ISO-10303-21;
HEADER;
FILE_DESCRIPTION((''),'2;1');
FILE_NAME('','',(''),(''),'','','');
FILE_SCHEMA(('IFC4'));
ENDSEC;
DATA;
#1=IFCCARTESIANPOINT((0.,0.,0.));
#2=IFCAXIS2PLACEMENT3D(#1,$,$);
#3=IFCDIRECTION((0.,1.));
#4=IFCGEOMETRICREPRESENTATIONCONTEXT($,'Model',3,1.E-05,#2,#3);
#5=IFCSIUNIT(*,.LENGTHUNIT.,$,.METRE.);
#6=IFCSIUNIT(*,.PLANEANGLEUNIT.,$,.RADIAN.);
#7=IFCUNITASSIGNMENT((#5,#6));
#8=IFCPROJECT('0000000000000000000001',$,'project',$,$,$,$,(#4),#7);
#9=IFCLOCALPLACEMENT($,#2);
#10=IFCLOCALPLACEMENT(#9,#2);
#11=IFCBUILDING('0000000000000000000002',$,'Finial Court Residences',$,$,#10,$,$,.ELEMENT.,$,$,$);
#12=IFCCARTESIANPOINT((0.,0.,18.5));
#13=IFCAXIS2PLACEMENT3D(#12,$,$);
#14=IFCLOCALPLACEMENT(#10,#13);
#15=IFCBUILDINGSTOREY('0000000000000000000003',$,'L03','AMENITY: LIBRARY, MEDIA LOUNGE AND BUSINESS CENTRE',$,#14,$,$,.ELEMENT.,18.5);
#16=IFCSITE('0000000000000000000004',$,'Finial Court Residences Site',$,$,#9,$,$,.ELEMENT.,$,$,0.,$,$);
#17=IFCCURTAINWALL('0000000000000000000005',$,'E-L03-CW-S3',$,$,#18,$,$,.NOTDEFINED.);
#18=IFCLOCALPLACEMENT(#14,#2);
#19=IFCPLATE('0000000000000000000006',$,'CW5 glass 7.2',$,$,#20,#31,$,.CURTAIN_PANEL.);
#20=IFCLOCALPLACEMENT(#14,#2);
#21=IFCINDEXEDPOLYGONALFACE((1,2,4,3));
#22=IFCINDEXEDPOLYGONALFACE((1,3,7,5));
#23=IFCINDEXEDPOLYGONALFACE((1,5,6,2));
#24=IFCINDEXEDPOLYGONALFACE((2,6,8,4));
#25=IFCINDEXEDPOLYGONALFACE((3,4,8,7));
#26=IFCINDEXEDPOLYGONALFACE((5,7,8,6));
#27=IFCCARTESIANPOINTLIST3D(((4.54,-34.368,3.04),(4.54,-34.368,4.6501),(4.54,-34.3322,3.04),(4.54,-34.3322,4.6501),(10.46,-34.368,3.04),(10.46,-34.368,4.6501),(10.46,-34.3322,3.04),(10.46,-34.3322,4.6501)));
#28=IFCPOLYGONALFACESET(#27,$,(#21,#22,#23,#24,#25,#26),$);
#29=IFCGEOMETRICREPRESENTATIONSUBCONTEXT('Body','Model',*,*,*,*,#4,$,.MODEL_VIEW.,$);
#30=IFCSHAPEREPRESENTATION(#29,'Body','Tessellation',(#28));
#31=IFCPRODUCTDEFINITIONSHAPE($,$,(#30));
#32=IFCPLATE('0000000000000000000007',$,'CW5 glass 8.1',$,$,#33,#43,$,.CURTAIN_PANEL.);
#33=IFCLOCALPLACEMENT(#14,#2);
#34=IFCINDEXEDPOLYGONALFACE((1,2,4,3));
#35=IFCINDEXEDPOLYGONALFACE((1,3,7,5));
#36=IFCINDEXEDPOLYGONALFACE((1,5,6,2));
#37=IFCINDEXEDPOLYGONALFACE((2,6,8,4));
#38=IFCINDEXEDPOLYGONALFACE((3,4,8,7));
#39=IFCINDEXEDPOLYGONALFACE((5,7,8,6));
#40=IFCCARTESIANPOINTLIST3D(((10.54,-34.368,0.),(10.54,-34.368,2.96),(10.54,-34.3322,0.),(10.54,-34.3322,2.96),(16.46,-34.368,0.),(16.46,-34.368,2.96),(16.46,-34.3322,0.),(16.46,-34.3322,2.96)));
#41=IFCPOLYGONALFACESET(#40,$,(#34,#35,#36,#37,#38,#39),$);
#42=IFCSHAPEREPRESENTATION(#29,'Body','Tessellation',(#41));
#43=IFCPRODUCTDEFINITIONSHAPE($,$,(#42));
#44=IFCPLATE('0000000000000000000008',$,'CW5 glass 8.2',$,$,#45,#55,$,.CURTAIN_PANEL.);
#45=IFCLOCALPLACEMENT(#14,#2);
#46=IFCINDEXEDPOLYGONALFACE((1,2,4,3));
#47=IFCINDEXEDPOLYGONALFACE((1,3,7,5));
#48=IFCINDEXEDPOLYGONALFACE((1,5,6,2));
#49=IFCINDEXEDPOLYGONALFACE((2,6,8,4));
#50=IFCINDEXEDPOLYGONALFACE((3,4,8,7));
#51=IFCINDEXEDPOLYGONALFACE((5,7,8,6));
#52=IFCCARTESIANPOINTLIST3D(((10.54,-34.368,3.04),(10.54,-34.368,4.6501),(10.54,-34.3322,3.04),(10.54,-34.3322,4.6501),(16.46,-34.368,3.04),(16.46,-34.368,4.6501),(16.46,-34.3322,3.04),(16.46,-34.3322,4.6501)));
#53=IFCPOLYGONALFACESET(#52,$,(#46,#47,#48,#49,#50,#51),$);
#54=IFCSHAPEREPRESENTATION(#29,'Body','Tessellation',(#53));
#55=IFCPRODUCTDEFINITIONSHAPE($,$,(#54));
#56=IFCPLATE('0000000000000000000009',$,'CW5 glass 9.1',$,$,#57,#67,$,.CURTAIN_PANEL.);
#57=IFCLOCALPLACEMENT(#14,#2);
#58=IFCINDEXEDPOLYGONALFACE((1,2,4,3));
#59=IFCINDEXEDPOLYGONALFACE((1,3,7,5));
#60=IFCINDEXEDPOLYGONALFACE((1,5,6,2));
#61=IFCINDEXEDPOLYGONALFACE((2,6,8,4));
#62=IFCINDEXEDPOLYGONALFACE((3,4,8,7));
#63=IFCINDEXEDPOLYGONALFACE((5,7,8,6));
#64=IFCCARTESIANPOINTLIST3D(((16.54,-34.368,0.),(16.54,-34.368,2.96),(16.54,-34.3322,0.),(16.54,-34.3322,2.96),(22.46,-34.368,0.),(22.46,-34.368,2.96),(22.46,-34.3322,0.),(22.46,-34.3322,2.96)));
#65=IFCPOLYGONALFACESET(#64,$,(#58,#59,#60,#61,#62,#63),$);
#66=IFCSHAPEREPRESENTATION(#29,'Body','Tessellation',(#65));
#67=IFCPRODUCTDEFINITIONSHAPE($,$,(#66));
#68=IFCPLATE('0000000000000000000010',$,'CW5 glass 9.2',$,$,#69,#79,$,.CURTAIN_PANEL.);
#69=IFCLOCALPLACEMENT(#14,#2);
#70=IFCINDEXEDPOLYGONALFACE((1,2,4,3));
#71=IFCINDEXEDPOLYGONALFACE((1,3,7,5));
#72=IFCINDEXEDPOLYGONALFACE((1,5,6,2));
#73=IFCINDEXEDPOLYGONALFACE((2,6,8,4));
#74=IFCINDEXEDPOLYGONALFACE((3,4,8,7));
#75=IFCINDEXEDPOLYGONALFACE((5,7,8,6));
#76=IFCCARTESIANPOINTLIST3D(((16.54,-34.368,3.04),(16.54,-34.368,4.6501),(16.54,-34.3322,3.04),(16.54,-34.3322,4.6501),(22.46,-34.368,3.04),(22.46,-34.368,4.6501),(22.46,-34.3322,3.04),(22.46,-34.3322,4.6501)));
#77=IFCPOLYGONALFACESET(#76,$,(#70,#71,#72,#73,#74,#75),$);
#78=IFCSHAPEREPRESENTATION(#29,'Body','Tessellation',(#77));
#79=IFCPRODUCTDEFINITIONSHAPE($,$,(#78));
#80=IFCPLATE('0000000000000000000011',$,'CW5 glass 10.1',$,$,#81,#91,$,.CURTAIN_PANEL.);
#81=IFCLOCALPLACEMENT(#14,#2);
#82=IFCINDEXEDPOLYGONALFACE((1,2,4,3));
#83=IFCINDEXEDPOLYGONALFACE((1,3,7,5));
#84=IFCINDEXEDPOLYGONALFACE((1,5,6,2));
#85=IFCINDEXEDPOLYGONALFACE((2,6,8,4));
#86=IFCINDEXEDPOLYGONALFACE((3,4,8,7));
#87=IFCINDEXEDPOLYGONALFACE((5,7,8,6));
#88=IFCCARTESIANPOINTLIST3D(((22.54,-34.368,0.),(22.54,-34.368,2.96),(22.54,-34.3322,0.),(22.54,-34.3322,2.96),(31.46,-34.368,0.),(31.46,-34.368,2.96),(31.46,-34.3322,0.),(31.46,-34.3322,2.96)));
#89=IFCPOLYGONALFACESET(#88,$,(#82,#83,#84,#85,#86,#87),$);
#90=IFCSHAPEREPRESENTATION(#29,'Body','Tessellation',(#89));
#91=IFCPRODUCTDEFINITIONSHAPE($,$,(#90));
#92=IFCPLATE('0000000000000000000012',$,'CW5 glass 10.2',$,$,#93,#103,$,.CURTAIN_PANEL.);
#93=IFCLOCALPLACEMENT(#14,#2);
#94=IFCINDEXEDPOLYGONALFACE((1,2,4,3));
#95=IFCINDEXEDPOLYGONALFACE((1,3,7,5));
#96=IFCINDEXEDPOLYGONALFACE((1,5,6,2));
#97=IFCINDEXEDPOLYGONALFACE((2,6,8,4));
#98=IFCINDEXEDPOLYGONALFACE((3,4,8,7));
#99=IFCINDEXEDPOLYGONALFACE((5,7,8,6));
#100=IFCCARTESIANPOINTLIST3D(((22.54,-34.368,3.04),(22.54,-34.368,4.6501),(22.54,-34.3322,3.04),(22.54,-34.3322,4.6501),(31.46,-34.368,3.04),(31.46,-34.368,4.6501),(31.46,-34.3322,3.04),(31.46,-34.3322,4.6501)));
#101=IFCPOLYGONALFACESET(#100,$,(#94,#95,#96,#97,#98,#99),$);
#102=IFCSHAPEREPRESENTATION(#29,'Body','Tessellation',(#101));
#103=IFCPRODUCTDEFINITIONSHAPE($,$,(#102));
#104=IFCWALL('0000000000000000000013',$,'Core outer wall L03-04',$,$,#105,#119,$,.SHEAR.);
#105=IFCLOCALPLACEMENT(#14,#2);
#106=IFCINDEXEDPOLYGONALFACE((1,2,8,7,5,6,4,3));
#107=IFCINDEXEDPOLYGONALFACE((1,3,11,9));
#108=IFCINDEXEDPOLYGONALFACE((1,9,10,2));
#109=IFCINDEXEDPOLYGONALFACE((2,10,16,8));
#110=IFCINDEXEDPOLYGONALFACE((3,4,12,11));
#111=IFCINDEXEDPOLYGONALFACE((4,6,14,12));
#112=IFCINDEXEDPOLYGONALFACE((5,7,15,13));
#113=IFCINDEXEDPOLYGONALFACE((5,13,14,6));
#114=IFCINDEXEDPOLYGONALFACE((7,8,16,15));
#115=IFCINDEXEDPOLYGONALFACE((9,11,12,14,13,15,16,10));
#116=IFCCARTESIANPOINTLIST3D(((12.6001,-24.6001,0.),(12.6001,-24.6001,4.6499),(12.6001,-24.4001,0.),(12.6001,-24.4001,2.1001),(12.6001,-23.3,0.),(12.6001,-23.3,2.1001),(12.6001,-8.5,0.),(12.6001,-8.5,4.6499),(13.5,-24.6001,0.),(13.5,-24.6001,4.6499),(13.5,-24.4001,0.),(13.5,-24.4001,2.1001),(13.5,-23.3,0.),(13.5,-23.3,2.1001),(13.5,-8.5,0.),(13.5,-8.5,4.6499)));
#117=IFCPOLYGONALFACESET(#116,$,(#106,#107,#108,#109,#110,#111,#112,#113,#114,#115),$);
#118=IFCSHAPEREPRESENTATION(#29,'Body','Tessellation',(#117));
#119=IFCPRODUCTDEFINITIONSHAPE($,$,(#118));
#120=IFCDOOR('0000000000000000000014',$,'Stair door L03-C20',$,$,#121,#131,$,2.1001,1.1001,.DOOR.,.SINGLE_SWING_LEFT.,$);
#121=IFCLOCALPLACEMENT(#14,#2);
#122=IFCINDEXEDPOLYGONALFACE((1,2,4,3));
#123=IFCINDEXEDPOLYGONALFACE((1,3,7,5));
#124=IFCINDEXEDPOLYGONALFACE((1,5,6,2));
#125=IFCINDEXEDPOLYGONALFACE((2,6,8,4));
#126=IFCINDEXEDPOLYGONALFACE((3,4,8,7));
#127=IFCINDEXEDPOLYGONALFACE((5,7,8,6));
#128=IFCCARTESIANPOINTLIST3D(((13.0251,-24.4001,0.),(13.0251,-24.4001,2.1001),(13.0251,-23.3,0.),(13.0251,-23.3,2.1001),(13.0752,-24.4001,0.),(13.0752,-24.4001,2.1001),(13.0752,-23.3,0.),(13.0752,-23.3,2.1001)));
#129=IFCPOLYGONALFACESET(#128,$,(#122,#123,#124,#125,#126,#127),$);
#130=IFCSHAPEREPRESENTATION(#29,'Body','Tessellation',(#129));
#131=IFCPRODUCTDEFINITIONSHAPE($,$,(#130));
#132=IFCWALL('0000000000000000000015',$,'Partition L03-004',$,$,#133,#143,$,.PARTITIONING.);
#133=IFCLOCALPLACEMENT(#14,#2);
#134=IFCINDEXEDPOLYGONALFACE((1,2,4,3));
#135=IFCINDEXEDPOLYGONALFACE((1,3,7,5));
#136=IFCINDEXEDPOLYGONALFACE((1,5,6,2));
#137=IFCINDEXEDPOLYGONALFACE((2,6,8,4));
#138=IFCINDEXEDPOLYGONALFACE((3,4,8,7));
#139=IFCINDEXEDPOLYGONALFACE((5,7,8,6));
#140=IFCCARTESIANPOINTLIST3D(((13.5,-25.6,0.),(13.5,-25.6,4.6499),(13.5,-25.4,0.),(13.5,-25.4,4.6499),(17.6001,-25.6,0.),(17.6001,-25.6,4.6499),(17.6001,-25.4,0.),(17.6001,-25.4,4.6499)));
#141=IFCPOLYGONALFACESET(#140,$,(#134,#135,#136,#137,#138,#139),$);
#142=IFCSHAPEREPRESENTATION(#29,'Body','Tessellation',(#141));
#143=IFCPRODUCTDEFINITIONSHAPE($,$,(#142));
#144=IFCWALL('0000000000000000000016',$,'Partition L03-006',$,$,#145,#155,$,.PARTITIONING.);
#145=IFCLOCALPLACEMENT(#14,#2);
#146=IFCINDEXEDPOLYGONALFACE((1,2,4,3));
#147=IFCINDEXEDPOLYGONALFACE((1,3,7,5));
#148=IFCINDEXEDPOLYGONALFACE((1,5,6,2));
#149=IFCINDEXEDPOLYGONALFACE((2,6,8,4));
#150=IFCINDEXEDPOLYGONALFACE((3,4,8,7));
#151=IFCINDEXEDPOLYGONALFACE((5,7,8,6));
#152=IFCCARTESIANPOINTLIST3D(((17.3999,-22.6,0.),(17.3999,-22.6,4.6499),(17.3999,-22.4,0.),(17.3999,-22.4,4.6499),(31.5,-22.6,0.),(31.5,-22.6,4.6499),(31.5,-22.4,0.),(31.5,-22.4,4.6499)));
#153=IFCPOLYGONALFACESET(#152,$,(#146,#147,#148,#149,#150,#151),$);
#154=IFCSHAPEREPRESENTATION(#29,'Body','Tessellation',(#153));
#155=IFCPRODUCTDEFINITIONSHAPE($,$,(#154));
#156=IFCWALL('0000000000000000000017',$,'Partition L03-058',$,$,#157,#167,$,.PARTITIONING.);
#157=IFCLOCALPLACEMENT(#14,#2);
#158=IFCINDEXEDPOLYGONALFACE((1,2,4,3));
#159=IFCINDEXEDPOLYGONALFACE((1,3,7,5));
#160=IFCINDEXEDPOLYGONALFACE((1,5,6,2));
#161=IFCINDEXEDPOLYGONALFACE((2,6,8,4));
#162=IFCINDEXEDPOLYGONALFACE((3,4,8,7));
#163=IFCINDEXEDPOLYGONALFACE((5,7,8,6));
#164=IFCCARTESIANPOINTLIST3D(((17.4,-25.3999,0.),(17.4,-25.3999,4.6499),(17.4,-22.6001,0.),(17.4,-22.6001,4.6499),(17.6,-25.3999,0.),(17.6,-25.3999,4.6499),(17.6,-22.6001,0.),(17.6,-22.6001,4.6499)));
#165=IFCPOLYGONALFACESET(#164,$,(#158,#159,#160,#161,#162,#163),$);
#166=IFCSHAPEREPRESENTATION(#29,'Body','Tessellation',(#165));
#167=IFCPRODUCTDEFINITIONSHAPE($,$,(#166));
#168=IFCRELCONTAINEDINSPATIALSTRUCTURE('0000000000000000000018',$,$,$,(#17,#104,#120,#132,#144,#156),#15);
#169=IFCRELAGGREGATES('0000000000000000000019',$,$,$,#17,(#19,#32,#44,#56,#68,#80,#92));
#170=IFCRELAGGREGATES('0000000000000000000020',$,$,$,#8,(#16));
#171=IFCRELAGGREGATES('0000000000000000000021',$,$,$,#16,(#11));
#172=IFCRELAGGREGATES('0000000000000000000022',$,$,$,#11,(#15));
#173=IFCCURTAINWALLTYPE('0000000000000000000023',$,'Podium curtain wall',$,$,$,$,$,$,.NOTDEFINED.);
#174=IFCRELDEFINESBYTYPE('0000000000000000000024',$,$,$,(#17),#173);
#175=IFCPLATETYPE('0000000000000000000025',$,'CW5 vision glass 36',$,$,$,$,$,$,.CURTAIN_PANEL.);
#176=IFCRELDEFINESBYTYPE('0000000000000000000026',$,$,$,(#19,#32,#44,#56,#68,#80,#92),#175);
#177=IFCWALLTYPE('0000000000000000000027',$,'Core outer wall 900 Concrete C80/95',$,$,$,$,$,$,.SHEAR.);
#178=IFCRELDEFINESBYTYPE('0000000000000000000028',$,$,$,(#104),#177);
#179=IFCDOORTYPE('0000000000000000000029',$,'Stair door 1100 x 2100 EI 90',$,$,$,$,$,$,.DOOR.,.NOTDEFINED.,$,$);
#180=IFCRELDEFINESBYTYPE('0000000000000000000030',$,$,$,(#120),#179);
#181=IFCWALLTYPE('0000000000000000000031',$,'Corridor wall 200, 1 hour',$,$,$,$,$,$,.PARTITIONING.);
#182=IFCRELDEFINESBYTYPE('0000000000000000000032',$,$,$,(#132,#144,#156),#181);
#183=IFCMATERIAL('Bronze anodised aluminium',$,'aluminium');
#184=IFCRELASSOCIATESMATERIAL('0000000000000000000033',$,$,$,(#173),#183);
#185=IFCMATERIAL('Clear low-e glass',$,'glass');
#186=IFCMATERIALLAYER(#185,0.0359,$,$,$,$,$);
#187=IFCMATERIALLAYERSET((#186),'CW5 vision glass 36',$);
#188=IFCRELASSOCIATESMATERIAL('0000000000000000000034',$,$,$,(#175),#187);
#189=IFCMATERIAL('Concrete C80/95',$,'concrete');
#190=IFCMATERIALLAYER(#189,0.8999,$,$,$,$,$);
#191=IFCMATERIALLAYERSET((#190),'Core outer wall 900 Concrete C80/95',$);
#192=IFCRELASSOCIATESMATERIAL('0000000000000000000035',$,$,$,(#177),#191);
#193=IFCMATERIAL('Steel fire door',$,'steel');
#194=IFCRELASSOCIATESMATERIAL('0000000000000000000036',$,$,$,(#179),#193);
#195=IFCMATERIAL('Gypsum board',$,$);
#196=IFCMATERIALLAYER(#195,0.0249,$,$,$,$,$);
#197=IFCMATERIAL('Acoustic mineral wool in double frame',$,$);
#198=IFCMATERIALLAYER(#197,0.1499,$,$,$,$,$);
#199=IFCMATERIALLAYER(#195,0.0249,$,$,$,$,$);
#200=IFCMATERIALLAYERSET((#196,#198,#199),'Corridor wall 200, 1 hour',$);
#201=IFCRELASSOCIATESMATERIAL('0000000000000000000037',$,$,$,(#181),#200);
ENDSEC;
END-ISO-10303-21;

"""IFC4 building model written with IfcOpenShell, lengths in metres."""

from ifc_helpers import new_model, si_unit, direction, frame, frame_2d, origin, origin_2d, place, context, subcontext, project, spatial, rectangle, extrude, material, layer, layer_set, type_object, element, fill, aggregate, save


model = new_model("IFC4")

# Units and contexts
model_context = context("Model", 3, precision=1e-05, world=origin(), true_north=direction((0.0, 1.0)))
body_context = subcontext(model_context, "Body", "Model", "MODEL_VIEW")
ifc_project = project(units=[si_unit("LENGTHUNIT", "METRE"), si_unit("PLANEANGLEUNIT", "RADIAN")], contexts=[model_context])

# Site, building, storey
site_placement = place(None, origin())
site = spatial("IfcSite", under=ifc_project, at=site_placement, Name="Finial Court Residences Site", CompositionType="ELEMENT", RefElevation=0.0)
building_placement = place(site_placement, origin())
building = spatial("IfcBuilding", under=site, at=building_placement, Name="Finial Court Residences", CompositionType="ELEMENT")
storey_placement = place(building_placement, frame((0.0, 0.0, 18.5)))
storey = spatial("IfcBuildingStorey", under=building, at=storey_placement, Name="L03", Description="AMENITY: LIBRARY, MEDIA LOUNGE AND BUSINESS CENTRE", CompositionType="ELEMENT", Elevation=18.5)

# Shared definitions
ifc_material_1 = material(Name="Concrete C80/95", Category="concrete")

# Curtain wall, plates
ifc_material_2 = material(Name="Bronze anodised aluminium", Category="aluminium")
curtain_wall_type = type_object("IfcCurtainWallType", Name="Podium curtain wall", PredefinedType="NOTDEFINED", material=ifc_material_2)
curtain_wall_placement = place(storey_placement, origin())
curtain_wall = element("IfcCurtainWall", 1, at=curtain_wall_placement, inside=storey, type_object=curtain_wall_type, Name="E-L03-CW-S3", PredefinedType="NOTDEFINED")
ifc_material_3 = material(Name="Clear low-e glass", Category="glass")
ifc_layer_1 = layer(ifc_material_3, 0.0359)
ifc_layer_set_1 = layer_set([ifc_layer_1], Name="CW5 vision glass 36")
plate_type = type_object("IfcPlateType", Name="CW5 vision glass 36", PredefinedType="CURTAIN_PANEL", material=ifc_layer_set_1)
plate_1_placement = place(storey_placement, frame((7.5, -34.3501, 3.04), z_axis=(0.0, 0.0, 1.0), x_axis=(1.0, 0.0, 0.0)))
plate_1 = element("IfcPlate", 2, at=plate_1_placement, type_object=plate_type, Name="CW5 glass 7.2", PredefinedType="CURTAIN_PANEL", context=body_context, shape_type="SweptSolid", body=[
    extrude(rectangle(XDim=5.9199, YDim=0.0359, at=origin_2d()), origin(), (0.0, 0.0, 1.0), 1.6101),
])
plate_2_placement = place(storey_placement, frame((13.5, -34.3501, 0.0), z_axis=(0.0, 0.0, 1.0), x_axis=(1.0, 0.0, 0.0)))
plate_2 = element("IfcPlate", 3, at=plate_2_placement, type_object=plate_type, Name="CW5 glass 8.1", PredefinedType="CURTAIN_PANEL", context=body_context, shape_type="SweptSolid", body=[
    extrude(rectangle(XDim=5.9199, YDim=0.0359, at=origin_2d()), origin(), (0.0, 0.0, 1.0), 2.96),
])
plate_3_placement = place(storey_placement, frame((13.5, -34.3501, 3.04), z_axis=(0.0, 0.0, 1.0), x_axis=(1.0, 0.0, 0.0)))
plate_3 = element("IfcPlate", 4, at=plate_3_placement, type_object=plate_type, Name="CW5 glass 8.2", PredefinedType="CURTAIN_PANEL", context=body_context, shape_type="SweptSolid", body=[
    extrude(rectangle(XDim=5.9199, YDim=0.0359, at=origin_2d()), origin(), (0.0, 0.0, 1.0), 1.6101),
])
plate_4_placement = place(storey_placement, frame((19.5, -34.3501, 0.0), z_axis=(0.0, 0.0, 1.0), x_axis=(1.0, 0.0, 0.0)))
plate_4 = element("IfcPlate", 5, at=plate_4_placement, type_object=plate_type, Name="CW5 glass 9.1", PredefinedType="CURTAIN_PANEL", context=body_context, shape_type="SweptSolid", body=[
    extrude(rectangle(XDim=5.9199, YDim=0.0359, at=origin_2d()), origin(), (0.0, 0.0, 1.0), 2.96),
])
plate_5_placement = place(storey_placement, frame((19.5, -34.3501, 3.04), z_axis=(0.0, 0.0, 1.0), x_axis=(1.0, 0.0, 0.0)))
plate_5 = element("IfcPlate", 6, at=plate_5_placement, type_object=plate_type, Name="CW5 glass 9.2", PredefinedType="CURTAIN_PANEL", context=body_context, shape_type="SweptSolid", body=[
    extrude(rectangle(XDim=5.9199, YDim=0.0359, at=origin_2d()), origin(), (0.0, 0.0, 1.0), 1.6101),
])
plate_6_placement = place(storey_placement, frame((27.0, -34.3501, 0.0), z_axis=(0.0, 0.0, 1.0), x_axis=(1.0, 0.0, 0.0)))
plate_6 = element("IfcPlate", 7, at=plate_6_placement, type_object=plate_type, Name="CW5 glass 10.1", PredefinedType="CURTAIN_PANEL", context=body_context, shape_type="SweptSolid", body=[
    extrude(rectangle(XDim=8.9199, YDim=0.0359, at=origin_2d()), origin(), (0.0, 0.0, 1.0), 2.96),
])
plate_7_placement = place(storey_placement, frame((27.0, -34.3501, 3.04), z_axis=(0.0, 0.0, 1.0), x_axis=(1.0, 0.0, 0.0)))
plate_7 = element("IfcPlate", 8, at=plate_7_placement, type_object=plate_type, Name="CW5 glass 10.2", PredefinedType="CURTAIN_PANEL", context=body_context, shape_type="SweptSolid", body=[
    extrude(rectangle(XDim=8.9199, YDim=0.0359, at=origin_2d()), origin(), (0.0, 0.0, 1.0), 1.6101),
])
aggregate(curtain_wall, [plate_1, plate_2, plate_3, plate_4, plate_5, plate_6, plate_7])

# Wall, opening, door
ifc_layer_2 = layer(ifc_material_1, 0.8999)
ifc_layer_set_2 = layer_set([ifc_layer_2], Name="Core outer wall 900 Concrete C80/95")
wall_type_1 = type_object("IfcWallType", Name="Core outer wall 900 Concrete C80/95", PredefinedType="SHEAR", material=ifc_layer_set_2)
wall_1_placement = place(storey_placement, frame((13.05, -24.6001, 0.0), z_axis=(0.0, 0.0, 1.0), x_axis=(0.0, 1.0, 0.0)))
wall_1 = element("IfcWall", 9, at=wall_1_placement, inside=storey, type_object=wall_type_1, Name="Core outer wall L03-04", PredefinedType="SHEAR", context=body_context, shape_type="SweptSolid", body=[
    extrude(rectangle(XDim=16.1001, YDim=0.8999, at=frame_2d((8.05, 0.0))), origin(), (0.0, 0.0, 1.0), 4.6499),
])
opening_1_placement = place(wall_1_placement, frame((0.2, 0.0, 0.0)))
opening_1 = element("IfcOpeningElement", 10, at=opening_1_placement, cuts=wall_1, PredefinedType="OPENING", context=body_context, shape_type="SweptSolid", body=[
    extrude(rectangle(XDim=1.1001, YDim=2.1001, at=frame_2d((0.55, 1.05))), frame((0.0, 0.46, 0.0), z_axis=(0.0, -1.0, 0.0), x_axis=(1.0, 0.0, 0.0)), (0.0, 0.0, 1.0), 0.9199),
])
ifc_material_4 = material(Name="Steel fire door", Category="steel")
door_type_1 = type_object("IfcDoorType", Name="Stair door 1100 x 2100 EI 90", OperationType="NOTDEFINED", PredefinedType="DOOR", material=ifc_material_4)
door_1_placement = place(opening_1_placement, origin())
door_1 = element("IfcDoor", 11, at=door_1_placement, inside=storey, type_object=door_type_1, Name="Stair door L03-C20", OperationType="SINGLE_SWING_LEFT", OverallHeight=2.1001, OverallWidth=1.1001, PredefinedType="DOOR", context=body_context, shape_type="SweptSolid", body=[
    extrude(rectangle(XDim=1.1001, YDim=2.1001, at=frame_2d((0.55, 1.05))), frame((0.0, 0.0249, 0.0), z_axis=(0.0, -1.0, 0.0), x_axis=(1.0, 0.0, 0.0)), (0.0, 0.0, 1.0), 0.05),
])
fill(opening_1, door_1)

# Walls
ifc_material_5 = material(Name="Gypsum board")
ifc_layer_3 = layer(ifc_material_5, 0.0249)
ifc_material_6 = material(Name="Acoustic mineral wool in double frame")
ifc_layer_4 = layer(ifc_material_6, 0.1499)
ifc_layer_5 = layer(ifc_material_5, 0.0249)
ifc_layer_set_3 = layer_set([ifc_layer_3, ifc_layer_4, ifc_layer_5], Name="Corridor wall 200, 1 hour")
wall_type_2 = type_object("IfcWallType", Name="Corridor wall 200, 1 hour", PredefinedType="PARTITIONING", material=ifc_layer_set_3)
wall_2_placement = place(storey_placement, frame((13.5, -25.5, 0.0), z_axis=(0.0, 0.0, 1.0), x_axis=(1.0, 0.0, 0.0)))
element("IfcWall", 12, at=wall_2_placement, inside=storey, type_object=wall_type_2, Name="Partition L03-004", PredefinedType="PARTITIONING", context=body_context, shape_type="SweptSolid", body=[
    extrude(rectangle(XDim=4.1001, YDim=0.2, at=frame_2d((2.05, 0.0))), origin(), (0.0, 0.0, 1.0), 4.6499),
])
wall_3_placement = place(storey_placement, frame((17.3999, -22.5, 0.0), z_axis=(0.0, 0.0, 1.0), x_axis=(1.0, 0.0, 0.0)))
element("IfcWall", 13, at=wall_3_placement, inside=storey, type_object=wall_type_2, Name="Partition L03-006", PredefinedType="PARTITIONING", context=body_context, shape_type="SweptSolid", body=[
    extrude(rectangle(XDim=14.1001, YDim=0.2, at=frame_2d((7.05, 0.0))), origin(), (0.0, 0.0, 1.0), 4.6499),
])
wall_4_placement = place(storey_placement, frame((17.5, -25.3999, 0.0), z_axis=(0.0, 0.0, 1.0), x_axis=(0.0, 1.0, 0.0)))
element("IfcWall", 14, at=wall_4_placement, inside=storey, type_object=wall_type_2, Name="Partition L03-058", PredefinedType="PARTITIONING", context=body_context, shape_type="SweptSolid", body=[
    extrude(rectangle(XDim=2.7998, YDim=0.2, at=frame_2d((1.3999, 0.0))), origin(), (0.0, 0.0, 1.0), 4.6499),
])

save(model, "model.ifc")
